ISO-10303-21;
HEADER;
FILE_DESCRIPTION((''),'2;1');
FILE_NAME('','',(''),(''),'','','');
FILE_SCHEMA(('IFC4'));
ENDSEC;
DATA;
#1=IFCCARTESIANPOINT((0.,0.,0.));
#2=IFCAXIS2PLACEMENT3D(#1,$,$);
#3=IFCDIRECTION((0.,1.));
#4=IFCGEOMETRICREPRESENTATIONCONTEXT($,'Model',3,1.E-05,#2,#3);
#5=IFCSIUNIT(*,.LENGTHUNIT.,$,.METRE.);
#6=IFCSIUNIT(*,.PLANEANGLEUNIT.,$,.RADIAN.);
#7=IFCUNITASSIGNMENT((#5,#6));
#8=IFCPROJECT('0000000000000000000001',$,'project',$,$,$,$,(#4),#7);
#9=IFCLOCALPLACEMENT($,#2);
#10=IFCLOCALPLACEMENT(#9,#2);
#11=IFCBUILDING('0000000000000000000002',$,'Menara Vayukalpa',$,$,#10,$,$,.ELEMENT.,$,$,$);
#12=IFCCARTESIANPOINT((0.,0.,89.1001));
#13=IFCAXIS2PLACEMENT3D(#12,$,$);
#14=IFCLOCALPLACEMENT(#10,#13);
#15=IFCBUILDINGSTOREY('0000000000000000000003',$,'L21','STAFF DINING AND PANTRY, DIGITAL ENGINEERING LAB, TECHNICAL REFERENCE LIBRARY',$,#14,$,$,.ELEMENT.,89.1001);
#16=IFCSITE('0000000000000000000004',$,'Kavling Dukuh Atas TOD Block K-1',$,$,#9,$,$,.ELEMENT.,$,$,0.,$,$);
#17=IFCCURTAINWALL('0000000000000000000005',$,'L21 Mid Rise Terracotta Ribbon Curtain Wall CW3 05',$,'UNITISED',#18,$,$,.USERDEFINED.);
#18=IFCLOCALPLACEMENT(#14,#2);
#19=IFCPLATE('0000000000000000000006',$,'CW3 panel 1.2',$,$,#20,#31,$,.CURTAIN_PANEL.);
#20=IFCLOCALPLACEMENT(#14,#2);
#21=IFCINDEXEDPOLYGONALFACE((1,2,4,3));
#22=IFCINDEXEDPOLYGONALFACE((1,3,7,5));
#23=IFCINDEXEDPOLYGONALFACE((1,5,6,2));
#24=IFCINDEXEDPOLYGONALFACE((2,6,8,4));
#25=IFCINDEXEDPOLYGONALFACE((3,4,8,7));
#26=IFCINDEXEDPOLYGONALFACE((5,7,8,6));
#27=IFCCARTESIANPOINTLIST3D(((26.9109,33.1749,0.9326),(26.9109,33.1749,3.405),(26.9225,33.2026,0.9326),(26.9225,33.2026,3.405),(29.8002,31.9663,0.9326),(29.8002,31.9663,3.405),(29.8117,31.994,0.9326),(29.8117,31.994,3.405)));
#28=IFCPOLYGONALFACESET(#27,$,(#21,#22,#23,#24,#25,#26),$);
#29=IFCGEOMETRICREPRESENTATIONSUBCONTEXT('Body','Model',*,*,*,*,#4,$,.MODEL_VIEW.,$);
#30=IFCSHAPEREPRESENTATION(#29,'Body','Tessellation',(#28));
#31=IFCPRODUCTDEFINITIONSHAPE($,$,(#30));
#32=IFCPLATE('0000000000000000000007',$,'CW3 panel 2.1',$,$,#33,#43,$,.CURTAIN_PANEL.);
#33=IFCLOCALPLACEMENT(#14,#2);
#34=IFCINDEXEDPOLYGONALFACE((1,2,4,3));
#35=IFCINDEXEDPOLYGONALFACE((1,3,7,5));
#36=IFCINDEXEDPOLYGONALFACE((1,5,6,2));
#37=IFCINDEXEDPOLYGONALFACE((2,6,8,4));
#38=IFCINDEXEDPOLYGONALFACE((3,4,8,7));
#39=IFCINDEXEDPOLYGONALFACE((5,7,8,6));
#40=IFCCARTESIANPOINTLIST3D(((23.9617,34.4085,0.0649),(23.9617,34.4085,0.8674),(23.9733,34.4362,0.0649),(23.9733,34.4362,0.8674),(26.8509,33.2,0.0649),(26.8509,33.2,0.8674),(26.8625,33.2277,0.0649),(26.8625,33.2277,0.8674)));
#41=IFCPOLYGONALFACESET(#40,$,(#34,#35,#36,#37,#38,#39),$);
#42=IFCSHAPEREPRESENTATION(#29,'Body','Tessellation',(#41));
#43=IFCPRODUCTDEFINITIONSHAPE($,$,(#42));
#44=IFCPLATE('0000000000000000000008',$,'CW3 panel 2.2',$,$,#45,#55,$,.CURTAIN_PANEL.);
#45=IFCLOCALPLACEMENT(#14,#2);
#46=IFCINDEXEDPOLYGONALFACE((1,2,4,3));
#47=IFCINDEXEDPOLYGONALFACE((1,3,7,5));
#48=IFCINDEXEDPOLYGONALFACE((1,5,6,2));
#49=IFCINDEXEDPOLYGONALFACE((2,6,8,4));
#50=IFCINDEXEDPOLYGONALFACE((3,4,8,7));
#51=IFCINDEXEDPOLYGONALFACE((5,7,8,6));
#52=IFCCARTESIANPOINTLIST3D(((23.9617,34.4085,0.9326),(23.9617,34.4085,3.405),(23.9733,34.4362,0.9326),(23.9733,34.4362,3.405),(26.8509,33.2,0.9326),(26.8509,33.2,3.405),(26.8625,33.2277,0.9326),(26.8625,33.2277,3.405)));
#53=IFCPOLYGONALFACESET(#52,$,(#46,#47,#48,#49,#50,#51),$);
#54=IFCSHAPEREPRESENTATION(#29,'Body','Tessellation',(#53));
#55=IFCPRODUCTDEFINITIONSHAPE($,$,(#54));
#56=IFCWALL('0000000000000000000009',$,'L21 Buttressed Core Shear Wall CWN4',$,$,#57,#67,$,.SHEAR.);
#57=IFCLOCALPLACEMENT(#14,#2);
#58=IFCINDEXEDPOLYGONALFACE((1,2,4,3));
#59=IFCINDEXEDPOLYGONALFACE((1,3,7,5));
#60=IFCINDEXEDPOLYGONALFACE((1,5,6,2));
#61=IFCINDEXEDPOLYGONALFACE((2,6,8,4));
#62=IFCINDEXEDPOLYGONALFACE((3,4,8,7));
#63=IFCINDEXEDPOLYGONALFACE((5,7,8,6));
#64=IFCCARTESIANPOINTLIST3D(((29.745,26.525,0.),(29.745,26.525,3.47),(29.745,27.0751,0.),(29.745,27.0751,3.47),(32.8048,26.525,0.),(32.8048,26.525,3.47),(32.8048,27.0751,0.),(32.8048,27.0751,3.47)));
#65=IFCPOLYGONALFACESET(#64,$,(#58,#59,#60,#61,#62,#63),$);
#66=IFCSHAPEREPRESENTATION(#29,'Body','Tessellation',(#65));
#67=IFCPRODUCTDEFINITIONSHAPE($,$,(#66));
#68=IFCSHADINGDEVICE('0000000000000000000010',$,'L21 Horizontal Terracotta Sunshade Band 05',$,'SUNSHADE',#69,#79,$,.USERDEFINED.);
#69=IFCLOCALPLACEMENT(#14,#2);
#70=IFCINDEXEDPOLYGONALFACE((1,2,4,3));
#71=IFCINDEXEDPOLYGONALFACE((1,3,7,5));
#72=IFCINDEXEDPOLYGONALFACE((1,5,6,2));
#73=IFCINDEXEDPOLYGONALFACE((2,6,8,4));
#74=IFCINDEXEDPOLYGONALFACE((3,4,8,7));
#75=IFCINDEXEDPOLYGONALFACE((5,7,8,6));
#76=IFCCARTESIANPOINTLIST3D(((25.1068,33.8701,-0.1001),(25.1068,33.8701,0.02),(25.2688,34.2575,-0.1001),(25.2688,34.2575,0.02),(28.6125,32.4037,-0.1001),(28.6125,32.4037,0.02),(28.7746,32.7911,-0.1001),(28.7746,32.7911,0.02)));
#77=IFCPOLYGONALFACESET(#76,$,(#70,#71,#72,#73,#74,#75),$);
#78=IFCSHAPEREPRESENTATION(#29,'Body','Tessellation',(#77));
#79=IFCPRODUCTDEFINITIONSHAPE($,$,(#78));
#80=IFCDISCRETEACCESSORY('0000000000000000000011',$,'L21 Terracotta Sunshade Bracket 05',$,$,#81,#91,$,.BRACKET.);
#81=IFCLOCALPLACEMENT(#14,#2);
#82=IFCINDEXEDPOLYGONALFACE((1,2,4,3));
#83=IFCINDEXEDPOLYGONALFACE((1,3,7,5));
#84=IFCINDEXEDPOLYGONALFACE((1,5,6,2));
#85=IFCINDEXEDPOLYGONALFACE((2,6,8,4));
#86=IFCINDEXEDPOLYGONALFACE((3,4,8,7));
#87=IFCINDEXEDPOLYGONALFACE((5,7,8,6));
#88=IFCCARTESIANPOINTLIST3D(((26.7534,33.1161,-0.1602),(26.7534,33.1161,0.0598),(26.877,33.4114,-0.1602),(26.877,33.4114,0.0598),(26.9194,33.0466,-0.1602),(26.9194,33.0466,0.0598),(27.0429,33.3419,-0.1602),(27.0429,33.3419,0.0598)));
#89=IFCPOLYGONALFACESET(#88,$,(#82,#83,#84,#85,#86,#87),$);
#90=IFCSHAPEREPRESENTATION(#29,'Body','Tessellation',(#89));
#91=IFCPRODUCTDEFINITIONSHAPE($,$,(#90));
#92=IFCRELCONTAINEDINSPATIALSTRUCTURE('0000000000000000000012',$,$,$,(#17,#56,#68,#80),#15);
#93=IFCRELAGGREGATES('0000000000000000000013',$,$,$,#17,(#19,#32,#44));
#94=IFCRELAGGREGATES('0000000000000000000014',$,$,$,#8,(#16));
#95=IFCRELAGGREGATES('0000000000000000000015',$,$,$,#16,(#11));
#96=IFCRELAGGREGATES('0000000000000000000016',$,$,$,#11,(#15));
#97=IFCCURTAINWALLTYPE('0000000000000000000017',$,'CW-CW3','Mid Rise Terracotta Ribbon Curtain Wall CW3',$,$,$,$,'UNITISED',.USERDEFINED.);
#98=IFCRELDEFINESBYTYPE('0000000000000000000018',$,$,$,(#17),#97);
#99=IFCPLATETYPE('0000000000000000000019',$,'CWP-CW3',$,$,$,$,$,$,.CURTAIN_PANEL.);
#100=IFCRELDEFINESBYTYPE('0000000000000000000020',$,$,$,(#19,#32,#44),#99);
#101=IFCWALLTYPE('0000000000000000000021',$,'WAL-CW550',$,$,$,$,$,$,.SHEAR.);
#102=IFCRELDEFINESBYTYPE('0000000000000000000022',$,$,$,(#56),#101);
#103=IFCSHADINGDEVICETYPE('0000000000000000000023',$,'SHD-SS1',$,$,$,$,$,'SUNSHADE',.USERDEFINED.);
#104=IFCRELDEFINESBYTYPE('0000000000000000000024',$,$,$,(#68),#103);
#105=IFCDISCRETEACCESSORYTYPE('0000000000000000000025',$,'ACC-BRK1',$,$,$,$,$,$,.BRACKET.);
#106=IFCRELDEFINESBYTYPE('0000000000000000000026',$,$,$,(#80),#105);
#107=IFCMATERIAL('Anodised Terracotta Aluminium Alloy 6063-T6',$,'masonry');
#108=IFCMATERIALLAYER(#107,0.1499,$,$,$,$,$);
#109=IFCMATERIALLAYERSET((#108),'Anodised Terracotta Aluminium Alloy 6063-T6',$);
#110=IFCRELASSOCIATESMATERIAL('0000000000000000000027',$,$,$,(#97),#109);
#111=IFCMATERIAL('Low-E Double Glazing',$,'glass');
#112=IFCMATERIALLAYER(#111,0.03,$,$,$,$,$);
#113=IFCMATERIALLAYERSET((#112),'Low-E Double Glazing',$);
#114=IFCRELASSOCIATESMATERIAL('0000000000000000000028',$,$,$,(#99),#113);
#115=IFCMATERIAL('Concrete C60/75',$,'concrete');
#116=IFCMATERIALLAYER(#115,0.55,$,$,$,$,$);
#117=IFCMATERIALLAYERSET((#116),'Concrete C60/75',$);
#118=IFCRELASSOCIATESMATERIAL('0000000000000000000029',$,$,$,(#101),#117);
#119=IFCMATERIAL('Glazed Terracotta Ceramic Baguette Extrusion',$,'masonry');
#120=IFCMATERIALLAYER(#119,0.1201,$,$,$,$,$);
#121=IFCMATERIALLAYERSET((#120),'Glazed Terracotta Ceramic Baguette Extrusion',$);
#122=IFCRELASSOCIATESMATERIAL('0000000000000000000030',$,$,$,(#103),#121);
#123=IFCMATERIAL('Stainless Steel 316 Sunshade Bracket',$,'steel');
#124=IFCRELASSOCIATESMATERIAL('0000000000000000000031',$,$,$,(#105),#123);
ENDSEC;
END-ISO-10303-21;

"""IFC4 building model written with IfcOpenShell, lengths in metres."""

from ifc_helpers import new_model, si_unit, direction, frame, frame_2d, origin, origin_2d, place, context, subcontext, project, spatial, rectangle, extrude, material, layer, layer_set, type_object, element, aggregate, save


model = new_model("IFC4")

# Units and contexts
model_context = context("Model", 3, precision=1e-05, world=origin(), true_north=direction((0.0, 1.0)))
body_context = subcontext(model_context, "Body", "Model", "MODEL_VIEW")
ifc_project = project(units=[si_unit("LENGTHUNIT", "METRE"), si_unit("PLANEANGLEUNIT", "RADIAN")], contexts=[model_context])

# Site, building, storey
site_placement = place(None, origin())
site = spatial("IfcSite", under=ifc_project, at=site_placement, Name="Kavling Dukuh Atas TOD Block K-1", CompositionType="ELEMENT", RefElevation=0.0)
building_placement = place(site_placement, origin())
building = spatial("IfcBuilding", under=site, at=building_placement, Name="Menara Vayukalpa", CompositionType="ELEMENT")
storey_placement = place(building_placement, frame((0.0, 0.0, 89.1001)))
storey = spatial("IfcBuildingStorey", under=building, at=storey_placement, Name="L21", Description="STAFF DINING AND PANTRY, DIGITAL ENGINEERING LAB, TECHNICAL REFERENCE LIBRARY", CompositionType="ELEMENT", Elevation=89.1001)

# Shared definitions
ifc_material_1 = material(Name="Anodised Terracotta Aluminium Alloy 6063-T6", Category="masonry")
ifc_layer_1 = layer(ifc_material_1, 0.1499)
ifc_layer_set_1 = layer_set([ifc_layer_1], Name="Anodised Terracotta Aluminium Alloy 6063-T6")
curtain_wall_type = type_object("IfcCurtainWallType", Name="CW-CW3", Description="Mid Rise Terracotta Ribbon Curtain Wall CW3", ElementType="UNITISED", PredefinedType="USERDEFINED", material=ifc_layer_set_1)

# Curtain wall, plates
curtain_wall_1_placement = place(storey_placement, origin())
curtain_wall_1 = element("IfcCurtainWall", 1, at=curtain_wall_1_placement, inside=storey, type_object=curtain_wall_type, Name="L21 Mid Rise Terracotta Ribbon Curtain Wall CW3 05", ObjectType="UNITISED", PredefinedType="USERDEFINED")
ifc_material_2 = material(Name="Low-E Double Glazing", Category="glass")
ifc_layer_2 = layer(ifc_material_2, 0.03)
ifc_layer_set_2 = layer_set([ifc_layer_2], Name="Low-E Double Glazing")
plate_type = type_object("IfcPlateType", Name="CWP-CW3", PredefinedType="CURTAIN_PANEL", material=ifc_layer_set_2)
plate_1_placement = place(storey_placement, frame((28.3613, 32.5845, 0.9326), z_axis=(0.0, 0.0, 1.0), x_axis=(-0.922543, 0.385894, 0.0)))
plate_1 = element("IfcPlate", 2, at=plate_1_placement, type_object=plate_type, Name="CW3 panel 1.2", PredefinedType="CURTAIN_PANEL", context=body_context, shape_type="SweptSolid", body=[
    extrude(rectangle(XDim=3.1318, YDim=0.03, at=origin_2d()), origin(), (0.0, 0.0, 1.0), 2.4724),
])
plate_2_placement = place(storey_placement, frame((25.4121, 33.8181, 0.0649), z_axis=(0.0, 0.0, 1.0), x_axis=(-0.922543, 0.385894, 0.0)))
plate_2 = element("IfcPlate", 3, at=plate_2_placement, type_object=plate_type, Name="CW3 panel 2.1", PredefinedType="CURTAIN_PANEL", context=body_context, shape_type="SweptSolid", body=[
    extrude(rectangle(XDim=3.1318, YDim=0.03, at=origin_2d()), origin(), (0.0, 0.0, 1.0), 0.8025),
])
plate_3_placement = place(storey_placement, frame((25.4121, 33.8181, 0.9326), z_axis=(0.0, 0.0, 1.0), x_axis=(-0.922543, 0.385894, 0.0)))
plate_3 = element("IfcPlate", 4, at=plate_3_placement, type_object=plate_type, Name="CW3 panel 2.2", PredefinedType="CURTAIN_PANEL", context=body_context, shape_type="SweptSolid", body=[
    extrude(rectangle(XDim=3.1318, YDim=0.03, at=origin_2d()), origin(), (0.0, 0.0, 1.0), 2.4724),
])
aggregate(curtain_wall_1, [plate_1, plate_2, plate_3])

# Wall
ifc_material_3 = material(Name="Concrete C60/75", Category="concrete")
ifc_layer_3 = layer(ifc_material_3, 0.55)
ifc_layer_set_3 = layer_set([ifc_layer_3], Name="Concrete C60/75")
wall_type = type_object("IfcWallType", Name="WAL-CW550", PredefinedType="SHEAR", material=ifc_layer_set_3)
wall_placement = place(storey_placement, frame((29.7451, 26.8, 0.0), z_axis=(0.0, 0.0, 1.0), x_axis=(1.0, 0.0, 0.0)))
element("IfcWall", 5, at=wall_placement, inside=storey, type_object=wall_type, Name="L21 Buttressed Core Shear Wall CWN4", PredefinedType="SHEAR", context=body_context, shape_type="SweptSolid", body=[
    extrude(rectangle(XDim=3.0598, YDim=0.55, at=frame_2d((1.5298, 0.0))), origin(), (0.0, 0.0, 1.0), 3.47),
])

# Shading device
ifc_material_4 = material(Name="Glazed Terracotta Ceramic Baguette Extrusion", Category="masonry")
ifc_layer_4 = layer(ifc_material_4, 0.1201)
ifc_layer_set_4 = layer_set([ifc_layer_4], Name="Glazed Terracotta Ceramic Baguette Extrusion")
shading_device_type = type_object("IfcShadingDeviceType", Name="SHD-SS1", ElementType="SUNSHADE", PredefinedType="USERDEFINED", material=ifc_layer_set_4)
shading_device_placement = place(storey_placement, frame((26.9407, 33.3306, -0.1001), z_axis=(0.0, 0.0, 1.0), x_axis=(-0.922545, 0.38589, 0.0)))
element("IfcShadingDevice", 6, at=shading_device_placement, inside=storey, type_object=shading_device_type, Name="L21 Horizontal Terracotta Sunshade Band 05", ObjectType="SUNSHADE", PredefinedType="USERDEFINED", context=body_context, shape_type="SweptSolid", body=[
    extrude(rectangle(XDim=3.8, YDim=0.4199, at=origin_2d()), origin(), (0.0, 0.0, 1.0), 0.1201),
])

# Discrete accessory
ifc_material_5 = material(Name="Stainless Steel 316 Sunshade Bracket", Category="steel")
discrete_accessory_type = type_object("IfcDiscreteAccessoryType", Name="ACC-BRK1", PredefinedType="BRACKET", material=ifc_material_5)
discrete_accessory_placement = place(storey_placement, frame((26.8982, 33.229, -0.1602), z_axis=(0.0, 0.0, 1.0), x_axis=(-0.922545, 0.38589, 0.0)))
element("IfcDiscreteAccessory", 7, at=discrete_accessory_placement, inside=storey, type_object=discrete_accessory_type, Name="L21 Terracotta Sunshade Bracket 05", PredefinedType="BRACKET", context=body_context, shape_type="SweptSolid", body=[
    extrude(rectangle(XDim=0.1799, YDim=0.3201, at=origin_2d()), origin(), (0.0, 0.0, 1.0), 0.22),
])

save(model, "model.ifc")
